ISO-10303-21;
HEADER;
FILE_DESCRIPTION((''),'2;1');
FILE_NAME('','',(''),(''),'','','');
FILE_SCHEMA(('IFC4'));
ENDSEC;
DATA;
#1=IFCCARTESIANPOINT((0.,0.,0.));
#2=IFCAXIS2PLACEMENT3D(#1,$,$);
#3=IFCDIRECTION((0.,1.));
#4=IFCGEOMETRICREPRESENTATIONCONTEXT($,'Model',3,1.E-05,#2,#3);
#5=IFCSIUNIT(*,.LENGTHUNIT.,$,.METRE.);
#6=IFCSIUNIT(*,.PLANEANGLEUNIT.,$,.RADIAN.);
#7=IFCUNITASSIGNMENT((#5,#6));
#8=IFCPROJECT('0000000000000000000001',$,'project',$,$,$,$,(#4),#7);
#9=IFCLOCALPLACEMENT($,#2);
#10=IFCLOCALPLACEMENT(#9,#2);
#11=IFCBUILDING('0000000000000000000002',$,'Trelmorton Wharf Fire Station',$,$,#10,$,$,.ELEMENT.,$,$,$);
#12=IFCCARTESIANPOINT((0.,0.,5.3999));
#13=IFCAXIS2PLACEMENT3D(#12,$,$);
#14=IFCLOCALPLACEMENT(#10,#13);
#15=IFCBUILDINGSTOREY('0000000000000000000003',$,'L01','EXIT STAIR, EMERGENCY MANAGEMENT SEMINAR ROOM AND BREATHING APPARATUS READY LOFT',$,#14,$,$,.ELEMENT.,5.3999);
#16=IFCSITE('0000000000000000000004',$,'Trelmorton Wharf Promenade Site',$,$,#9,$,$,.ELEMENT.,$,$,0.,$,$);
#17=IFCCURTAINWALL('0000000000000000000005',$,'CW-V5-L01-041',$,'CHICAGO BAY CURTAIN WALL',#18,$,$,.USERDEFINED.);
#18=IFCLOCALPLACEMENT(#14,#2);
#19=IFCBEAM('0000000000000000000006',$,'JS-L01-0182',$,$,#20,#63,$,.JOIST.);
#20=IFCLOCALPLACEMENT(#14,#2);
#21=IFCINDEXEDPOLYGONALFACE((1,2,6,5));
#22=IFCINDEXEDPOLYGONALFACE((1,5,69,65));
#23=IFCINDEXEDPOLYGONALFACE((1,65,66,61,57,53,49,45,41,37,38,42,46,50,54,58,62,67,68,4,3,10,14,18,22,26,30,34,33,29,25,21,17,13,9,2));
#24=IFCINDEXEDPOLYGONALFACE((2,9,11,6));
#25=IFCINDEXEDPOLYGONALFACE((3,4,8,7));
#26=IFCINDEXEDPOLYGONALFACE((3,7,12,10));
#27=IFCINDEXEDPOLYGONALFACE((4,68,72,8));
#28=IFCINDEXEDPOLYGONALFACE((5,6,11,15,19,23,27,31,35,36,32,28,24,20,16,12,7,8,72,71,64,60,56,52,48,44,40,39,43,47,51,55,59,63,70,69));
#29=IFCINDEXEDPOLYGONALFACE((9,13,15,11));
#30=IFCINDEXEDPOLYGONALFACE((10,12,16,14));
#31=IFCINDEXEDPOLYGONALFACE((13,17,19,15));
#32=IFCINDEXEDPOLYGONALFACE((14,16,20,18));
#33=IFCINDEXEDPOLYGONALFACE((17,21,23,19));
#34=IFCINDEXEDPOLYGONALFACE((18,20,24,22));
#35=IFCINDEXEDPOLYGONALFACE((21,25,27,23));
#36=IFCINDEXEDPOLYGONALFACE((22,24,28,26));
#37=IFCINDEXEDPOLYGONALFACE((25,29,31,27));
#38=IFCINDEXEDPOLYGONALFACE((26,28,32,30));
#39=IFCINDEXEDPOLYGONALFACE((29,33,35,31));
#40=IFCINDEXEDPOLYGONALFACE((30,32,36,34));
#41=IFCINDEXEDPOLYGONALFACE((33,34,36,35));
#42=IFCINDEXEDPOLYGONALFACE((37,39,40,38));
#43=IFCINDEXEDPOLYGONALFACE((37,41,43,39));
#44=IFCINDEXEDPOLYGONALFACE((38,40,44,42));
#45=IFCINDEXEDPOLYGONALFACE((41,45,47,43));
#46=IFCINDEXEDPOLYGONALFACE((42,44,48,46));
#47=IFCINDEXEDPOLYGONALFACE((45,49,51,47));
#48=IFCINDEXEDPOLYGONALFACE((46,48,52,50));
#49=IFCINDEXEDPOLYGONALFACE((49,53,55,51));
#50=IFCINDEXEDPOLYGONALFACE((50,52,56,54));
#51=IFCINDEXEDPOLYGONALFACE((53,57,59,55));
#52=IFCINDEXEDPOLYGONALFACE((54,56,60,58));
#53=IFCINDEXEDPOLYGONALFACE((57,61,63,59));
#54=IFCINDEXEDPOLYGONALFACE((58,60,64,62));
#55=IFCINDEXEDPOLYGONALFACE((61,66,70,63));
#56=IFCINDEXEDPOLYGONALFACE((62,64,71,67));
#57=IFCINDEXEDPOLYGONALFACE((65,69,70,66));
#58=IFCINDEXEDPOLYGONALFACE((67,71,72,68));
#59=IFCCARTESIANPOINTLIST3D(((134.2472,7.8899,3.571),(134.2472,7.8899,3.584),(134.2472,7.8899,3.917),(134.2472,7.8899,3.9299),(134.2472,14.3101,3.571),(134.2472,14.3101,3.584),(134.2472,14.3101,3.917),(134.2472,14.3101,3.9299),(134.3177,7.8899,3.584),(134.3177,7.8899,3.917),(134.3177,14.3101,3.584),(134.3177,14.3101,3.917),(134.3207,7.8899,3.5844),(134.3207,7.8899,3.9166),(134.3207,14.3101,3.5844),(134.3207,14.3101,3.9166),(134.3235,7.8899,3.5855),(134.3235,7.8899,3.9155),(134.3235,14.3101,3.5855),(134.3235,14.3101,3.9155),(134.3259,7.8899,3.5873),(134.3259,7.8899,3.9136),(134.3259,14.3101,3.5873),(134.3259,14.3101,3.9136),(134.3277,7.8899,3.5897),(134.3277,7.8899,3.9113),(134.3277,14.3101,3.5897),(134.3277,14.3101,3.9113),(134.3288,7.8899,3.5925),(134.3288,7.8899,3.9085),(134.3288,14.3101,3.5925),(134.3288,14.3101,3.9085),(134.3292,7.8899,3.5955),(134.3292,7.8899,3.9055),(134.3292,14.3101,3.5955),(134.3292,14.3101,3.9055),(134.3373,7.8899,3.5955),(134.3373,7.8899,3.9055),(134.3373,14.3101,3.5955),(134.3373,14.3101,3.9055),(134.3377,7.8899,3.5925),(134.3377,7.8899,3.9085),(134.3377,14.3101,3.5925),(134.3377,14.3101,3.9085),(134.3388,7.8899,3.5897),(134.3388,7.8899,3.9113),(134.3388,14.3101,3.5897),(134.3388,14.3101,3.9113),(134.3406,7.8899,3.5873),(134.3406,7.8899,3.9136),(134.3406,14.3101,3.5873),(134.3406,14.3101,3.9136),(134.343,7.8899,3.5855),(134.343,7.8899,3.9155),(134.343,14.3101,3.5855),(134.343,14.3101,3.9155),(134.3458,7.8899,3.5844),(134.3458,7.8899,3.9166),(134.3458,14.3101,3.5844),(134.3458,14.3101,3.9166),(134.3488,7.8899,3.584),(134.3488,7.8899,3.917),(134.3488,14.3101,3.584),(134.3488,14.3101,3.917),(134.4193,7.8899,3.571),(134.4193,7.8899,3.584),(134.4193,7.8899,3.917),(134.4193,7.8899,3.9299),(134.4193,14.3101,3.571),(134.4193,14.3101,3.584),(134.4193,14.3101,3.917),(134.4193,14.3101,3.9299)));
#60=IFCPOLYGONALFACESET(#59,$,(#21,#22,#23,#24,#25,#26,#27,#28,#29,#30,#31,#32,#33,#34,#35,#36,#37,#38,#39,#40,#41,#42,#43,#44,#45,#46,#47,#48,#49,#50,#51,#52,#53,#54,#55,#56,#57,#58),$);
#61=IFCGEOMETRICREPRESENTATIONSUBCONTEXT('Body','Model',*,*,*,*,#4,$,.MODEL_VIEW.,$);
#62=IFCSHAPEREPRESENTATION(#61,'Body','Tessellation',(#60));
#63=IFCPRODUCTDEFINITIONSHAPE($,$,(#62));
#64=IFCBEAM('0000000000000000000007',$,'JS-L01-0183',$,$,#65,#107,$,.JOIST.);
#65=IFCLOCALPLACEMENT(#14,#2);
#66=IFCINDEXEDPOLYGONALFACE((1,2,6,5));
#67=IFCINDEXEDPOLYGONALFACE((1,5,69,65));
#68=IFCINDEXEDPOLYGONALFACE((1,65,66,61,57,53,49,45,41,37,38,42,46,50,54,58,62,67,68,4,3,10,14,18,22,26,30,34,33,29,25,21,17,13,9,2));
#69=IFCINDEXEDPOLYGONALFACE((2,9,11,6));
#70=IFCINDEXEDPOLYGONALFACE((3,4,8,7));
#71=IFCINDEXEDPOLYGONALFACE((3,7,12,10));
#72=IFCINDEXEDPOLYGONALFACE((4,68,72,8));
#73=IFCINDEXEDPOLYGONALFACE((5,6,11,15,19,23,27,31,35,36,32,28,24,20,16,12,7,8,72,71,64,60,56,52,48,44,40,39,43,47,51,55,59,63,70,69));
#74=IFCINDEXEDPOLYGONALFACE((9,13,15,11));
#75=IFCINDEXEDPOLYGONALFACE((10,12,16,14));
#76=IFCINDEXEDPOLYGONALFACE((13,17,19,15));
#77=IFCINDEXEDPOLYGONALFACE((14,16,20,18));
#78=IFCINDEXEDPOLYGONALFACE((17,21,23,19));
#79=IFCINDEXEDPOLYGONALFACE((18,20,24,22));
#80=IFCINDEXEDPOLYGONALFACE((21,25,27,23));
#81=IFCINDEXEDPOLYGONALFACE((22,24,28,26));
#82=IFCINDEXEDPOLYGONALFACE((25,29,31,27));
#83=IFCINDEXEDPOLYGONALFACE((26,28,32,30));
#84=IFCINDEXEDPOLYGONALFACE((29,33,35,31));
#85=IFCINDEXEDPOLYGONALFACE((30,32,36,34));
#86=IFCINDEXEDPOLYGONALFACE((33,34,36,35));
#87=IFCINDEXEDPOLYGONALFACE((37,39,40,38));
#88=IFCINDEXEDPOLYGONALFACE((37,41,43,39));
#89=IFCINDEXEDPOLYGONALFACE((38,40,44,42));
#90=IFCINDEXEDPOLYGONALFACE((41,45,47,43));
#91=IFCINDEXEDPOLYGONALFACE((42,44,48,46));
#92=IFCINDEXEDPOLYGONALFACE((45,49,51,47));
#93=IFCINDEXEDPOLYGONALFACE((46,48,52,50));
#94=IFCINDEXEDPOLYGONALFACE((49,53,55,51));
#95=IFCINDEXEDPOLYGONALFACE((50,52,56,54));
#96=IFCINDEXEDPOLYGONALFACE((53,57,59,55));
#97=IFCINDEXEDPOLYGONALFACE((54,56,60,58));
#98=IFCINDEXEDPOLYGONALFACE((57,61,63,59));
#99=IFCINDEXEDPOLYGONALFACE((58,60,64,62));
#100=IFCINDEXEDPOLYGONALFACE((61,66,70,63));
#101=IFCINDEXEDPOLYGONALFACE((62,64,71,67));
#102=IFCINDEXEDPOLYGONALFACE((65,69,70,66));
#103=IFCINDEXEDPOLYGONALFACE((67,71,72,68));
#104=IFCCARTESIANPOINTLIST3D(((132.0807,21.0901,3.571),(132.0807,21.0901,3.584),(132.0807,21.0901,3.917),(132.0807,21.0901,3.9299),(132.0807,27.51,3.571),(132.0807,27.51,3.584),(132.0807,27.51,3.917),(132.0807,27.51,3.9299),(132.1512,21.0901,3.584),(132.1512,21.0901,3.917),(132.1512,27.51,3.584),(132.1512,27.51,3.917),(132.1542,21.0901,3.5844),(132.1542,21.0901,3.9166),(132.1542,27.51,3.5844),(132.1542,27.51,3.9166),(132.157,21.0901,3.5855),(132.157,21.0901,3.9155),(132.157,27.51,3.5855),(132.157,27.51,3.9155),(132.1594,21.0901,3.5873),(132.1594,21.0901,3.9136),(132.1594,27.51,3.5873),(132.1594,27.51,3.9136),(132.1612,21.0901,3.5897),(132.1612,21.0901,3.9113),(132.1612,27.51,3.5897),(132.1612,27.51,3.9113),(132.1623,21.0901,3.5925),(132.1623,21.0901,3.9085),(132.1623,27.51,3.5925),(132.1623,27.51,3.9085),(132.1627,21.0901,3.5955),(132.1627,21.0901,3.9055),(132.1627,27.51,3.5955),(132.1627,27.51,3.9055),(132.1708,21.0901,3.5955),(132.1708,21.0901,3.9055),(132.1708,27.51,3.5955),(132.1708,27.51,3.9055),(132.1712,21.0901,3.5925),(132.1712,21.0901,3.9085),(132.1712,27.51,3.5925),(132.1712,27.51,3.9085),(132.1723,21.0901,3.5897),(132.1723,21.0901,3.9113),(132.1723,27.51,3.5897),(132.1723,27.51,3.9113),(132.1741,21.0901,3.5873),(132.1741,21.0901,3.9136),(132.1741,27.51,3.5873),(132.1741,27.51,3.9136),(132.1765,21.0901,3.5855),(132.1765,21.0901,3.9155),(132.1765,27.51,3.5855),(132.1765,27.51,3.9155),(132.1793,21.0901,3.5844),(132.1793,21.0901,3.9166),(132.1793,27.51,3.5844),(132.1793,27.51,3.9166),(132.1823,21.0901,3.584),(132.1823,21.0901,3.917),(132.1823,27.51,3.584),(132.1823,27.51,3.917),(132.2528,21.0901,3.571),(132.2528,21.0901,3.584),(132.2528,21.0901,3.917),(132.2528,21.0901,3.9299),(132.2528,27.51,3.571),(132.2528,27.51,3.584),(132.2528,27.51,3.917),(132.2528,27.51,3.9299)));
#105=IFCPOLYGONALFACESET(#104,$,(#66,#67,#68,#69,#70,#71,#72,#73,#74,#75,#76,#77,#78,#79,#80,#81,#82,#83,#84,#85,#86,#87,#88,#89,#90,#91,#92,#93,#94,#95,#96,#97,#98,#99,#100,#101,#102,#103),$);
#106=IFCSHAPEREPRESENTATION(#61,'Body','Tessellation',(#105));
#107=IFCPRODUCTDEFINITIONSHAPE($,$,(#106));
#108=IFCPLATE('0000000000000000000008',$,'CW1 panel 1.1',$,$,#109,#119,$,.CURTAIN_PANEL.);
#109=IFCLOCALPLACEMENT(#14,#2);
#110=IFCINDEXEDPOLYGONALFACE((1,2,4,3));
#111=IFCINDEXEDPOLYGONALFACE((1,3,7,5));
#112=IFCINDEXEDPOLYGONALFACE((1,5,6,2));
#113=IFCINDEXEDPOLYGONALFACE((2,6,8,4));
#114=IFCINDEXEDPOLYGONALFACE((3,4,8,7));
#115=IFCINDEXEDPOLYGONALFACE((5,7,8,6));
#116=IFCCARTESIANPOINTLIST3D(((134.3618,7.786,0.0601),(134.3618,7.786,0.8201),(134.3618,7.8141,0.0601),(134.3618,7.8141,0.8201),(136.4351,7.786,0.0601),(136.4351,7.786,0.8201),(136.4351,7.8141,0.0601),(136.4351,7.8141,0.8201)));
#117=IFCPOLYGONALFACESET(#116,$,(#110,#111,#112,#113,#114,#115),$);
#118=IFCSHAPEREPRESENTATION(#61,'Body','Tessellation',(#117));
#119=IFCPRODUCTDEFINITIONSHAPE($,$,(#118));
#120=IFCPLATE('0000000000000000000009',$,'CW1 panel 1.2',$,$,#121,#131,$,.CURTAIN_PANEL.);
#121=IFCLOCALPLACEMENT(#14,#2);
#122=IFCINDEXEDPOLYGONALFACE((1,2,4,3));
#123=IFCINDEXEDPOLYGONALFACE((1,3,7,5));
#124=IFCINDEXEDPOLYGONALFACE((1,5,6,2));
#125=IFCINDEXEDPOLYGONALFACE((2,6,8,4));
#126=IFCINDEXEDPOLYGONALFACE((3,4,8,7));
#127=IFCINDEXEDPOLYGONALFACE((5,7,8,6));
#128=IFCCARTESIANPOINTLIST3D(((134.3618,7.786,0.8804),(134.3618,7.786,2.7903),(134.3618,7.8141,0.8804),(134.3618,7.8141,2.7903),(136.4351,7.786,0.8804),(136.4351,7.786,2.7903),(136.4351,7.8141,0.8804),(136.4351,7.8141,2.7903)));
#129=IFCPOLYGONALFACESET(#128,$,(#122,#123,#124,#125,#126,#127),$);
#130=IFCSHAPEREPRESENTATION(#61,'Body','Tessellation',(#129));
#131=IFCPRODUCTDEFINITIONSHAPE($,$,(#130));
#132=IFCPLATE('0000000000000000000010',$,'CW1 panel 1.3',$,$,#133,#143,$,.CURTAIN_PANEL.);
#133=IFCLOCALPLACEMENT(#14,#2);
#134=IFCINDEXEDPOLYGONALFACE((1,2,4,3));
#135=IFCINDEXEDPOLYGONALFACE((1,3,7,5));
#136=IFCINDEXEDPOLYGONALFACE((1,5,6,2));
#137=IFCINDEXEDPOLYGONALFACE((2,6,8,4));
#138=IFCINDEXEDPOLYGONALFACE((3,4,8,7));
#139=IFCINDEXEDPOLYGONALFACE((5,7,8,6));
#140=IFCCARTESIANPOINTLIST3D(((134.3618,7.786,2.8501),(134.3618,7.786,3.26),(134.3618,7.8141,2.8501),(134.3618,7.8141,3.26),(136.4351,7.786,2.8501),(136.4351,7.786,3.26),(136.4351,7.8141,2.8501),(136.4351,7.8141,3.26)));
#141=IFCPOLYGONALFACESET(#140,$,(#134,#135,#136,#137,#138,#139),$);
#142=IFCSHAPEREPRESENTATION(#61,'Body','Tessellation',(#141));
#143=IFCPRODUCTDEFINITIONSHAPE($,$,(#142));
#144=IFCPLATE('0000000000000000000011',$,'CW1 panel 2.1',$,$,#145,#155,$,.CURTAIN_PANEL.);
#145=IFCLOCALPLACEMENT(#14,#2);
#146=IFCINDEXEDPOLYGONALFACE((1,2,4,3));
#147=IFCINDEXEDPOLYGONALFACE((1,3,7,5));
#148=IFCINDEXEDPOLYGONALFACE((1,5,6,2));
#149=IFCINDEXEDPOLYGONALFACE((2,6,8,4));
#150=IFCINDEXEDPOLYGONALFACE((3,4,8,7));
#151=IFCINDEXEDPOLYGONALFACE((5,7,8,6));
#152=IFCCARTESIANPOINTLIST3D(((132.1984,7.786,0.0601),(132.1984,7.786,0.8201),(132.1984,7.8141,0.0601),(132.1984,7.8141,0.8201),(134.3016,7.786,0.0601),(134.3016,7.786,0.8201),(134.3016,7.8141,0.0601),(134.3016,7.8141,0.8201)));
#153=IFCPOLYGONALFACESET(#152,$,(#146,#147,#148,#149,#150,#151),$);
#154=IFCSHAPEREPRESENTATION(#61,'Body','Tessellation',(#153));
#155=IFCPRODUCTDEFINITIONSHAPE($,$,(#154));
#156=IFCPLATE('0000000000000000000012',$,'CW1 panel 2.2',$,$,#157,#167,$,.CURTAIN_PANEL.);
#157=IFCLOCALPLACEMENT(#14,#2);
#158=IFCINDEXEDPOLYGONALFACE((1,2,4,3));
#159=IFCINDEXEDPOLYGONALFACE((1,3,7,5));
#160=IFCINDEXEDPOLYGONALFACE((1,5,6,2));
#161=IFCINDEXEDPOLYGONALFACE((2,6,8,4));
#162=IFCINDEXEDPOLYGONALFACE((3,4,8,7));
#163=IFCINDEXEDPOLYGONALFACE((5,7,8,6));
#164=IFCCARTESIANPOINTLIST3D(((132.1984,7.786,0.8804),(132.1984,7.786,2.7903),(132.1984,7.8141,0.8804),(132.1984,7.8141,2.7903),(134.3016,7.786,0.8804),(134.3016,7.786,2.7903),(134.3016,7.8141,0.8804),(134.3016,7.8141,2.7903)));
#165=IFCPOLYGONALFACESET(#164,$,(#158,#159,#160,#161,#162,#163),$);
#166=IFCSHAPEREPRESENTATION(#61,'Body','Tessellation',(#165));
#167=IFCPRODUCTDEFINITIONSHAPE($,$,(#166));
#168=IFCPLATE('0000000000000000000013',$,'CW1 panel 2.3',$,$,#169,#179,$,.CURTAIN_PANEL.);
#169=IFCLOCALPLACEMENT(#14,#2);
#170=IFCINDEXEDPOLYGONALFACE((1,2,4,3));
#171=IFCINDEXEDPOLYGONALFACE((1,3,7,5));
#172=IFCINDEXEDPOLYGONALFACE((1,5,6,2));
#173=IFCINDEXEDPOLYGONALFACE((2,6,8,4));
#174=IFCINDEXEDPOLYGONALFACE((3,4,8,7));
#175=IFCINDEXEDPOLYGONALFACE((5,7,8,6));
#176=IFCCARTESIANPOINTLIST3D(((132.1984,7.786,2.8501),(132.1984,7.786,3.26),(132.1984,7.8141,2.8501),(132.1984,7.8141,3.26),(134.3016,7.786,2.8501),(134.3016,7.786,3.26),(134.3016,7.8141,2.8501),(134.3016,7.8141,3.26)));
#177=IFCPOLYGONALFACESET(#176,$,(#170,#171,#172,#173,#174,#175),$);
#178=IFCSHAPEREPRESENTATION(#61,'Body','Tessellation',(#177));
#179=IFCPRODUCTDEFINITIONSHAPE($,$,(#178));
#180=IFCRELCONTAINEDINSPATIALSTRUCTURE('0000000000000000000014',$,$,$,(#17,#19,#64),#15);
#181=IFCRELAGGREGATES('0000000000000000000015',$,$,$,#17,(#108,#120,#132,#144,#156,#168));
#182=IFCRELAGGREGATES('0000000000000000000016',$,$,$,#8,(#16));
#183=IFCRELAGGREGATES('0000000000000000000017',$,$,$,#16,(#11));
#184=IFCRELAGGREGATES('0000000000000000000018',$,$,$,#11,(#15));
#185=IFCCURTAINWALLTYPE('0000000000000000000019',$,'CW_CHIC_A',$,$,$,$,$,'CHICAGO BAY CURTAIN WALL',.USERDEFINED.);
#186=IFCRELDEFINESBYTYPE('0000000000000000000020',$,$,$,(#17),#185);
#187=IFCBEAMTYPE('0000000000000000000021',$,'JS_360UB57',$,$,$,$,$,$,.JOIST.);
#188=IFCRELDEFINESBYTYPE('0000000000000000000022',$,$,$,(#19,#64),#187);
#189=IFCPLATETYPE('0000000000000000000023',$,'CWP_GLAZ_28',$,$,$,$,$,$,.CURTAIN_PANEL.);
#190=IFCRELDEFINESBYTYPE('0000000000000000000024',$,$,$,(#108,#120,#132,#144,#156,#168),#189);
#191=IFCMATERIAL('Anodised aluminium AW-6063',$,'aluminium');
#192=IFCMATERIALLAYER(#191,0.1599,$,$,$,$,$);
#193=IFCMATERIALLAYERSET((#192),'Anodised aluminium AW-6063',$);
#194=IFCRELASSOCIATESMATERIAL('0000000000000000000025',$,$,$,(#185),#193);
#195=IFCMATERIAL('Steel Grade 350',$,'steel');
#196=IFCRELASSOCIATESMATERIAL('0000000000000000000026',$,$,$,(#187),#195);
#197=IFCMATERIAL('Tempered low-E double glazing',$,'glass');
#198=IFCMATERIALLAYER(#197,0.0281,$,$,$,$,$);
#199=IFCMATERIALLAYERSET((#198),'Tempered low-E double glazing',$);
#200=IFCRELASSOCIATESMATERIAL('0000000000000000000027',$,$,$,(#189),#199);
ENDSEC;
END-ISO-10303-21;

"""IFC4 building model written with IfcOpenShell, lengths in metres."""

from ifc_helpers import new_model, si_unit, direction, frame, origin, origin_2d, place, context, subcontext, project, spatial, rectangle, i_section, extrude, material, layer, layer_set, material_profile, profile_set, type_object, element, aggregate, save


model = new_model("IFC4")

# Units and contexts
model_context = context("Model", 3, precision=1e-05, world=origin(), true_north=direction((0.0, 1.0)))
body_context = subcontext(model_context, "Body", "Model", "MODEL_VIEW")
ifc_project = project(units=[si_unit("LENGTHUNIT", "METRE"), si_unit("PLANEANGLEUNIT", "RADIAN")], contexts=[model_context])

# Site, building, storey
site_placement = place(None, origin())
site = spatial("IfcSite", under=ifc_project, at=site_placement, Name="Trelmorton Wharf Promenade Site", CompositionType="ELEMENT", RefElevation=0.0)
building_placement = place(site_placement, origin())
building = spatial("IfcBuilding", under=site, at=building_placement, Name="Trelmorton Wharf Fire Station", CompositionType="ELEMENT")
storey_placement = place(building_placement, frame((0.0, 0.0, 5.3999)))
storey = spatial("IfcBuildingStorey", under=building, at=storey_placement, Name="L01", Description="EXIT STAIR, EMERGENCY MANAGEMENT SEMINAR ROOM AND BREATHING APPARATUS READY LOFT", CompositionType="ELEMENT", Elevation=5.3999)

# Shared definitions
ifc_material_1 = material(Name="Steel Grade 350", Category="steel")

# Curtain wall
ifc_material_2 = material(Name="Anodised aluminium AW-6063", Category="aluminium")
ifc_layer_1 = layer(ifc_material_2, 0.1599)
ifc_layer_set_1 = layer_set([ifc_layer_1], Name="Anodised aluminium AW-6063")
curtain_wall_type = type_object("IfcCurtainWallType", Name="CW_CHIC_A", ElementType="CHICAGO BAY CURTAIN WALL", PredefinedType="USERDEFINED", material=ifc_layer_set_1)
curtain_wall_placement = place(storey_placement, origin())
curtain_wall = element("IfcCurtainWall", 1, at=curtain_wall_placement, inside=storey, type_object=curtain_wall_type, Name="CW-V5-L01-041", ObjectType="CHICAGO BAY CURTAIN WALL", PredefinedType="USERDEFINED")

# Beams
ifc_material_profile_1 = material_profile(ifc_material_1, i_section(OverallWidth=0.1721, OverallDepth=0.3589, WebThickness=0.0081, FlangeThickness=0.0129, FilletRadius=0.0115, at=origin_2d()), Name="360UB56.7")
ifc_profile_set_1 = profile_set([ifc_material_profile_1], Name="Steel Grade 350")
beam_type_1 = type_object("IfcBeamType", Name="JS_360UB57", PredefinedType="JOIST", material=ifc_profile_set_1)
for number, where, z_axis, x_axis, name in (
    (2, (134.3333, 7.8899, 3.7505), (0.0, 1.0, 0.0), (-1.0, 0.0, 0.0), "JS-L01-0182"),
):
    element("IfcBeam", number, at=place(storey_placement, frame(where, z_axis=z_axis, x_axis=x_axis)), inside=storey, type_object=beam_type_1, Name=name, PredefinedType="JOIST", context=body_context, shape_type="SweptSolid", body=[
        extrude(i_section(OverallWidth=0.1721, OverallDepth=0.3589, WebThickness=0.0081, FlangeThickness=0.0129, FilletRadius=0.0115, at=origin_2d()), origin(), (0.0, 0.0, 1.0), 6.4202),
    ])
beam_1_placement = place(storey_placement, frame((132.1667, 21.0901, 3.7505), z_axis=(0.0, 1.0, 0.0), x_axis=(-1.0, 0.0, 0.0)))
element("IfcBeam", 3, at=beam_1_placement, inside=storey, type_object=beam_type_1, Name="JS-L01-0183", PredefinedType="JOIST", context=body_context, shape_type="SweptSolid", body=[
    extrude(i_section(OverallWidth=0.1721, OverallDepth=0.3589, WebThickness=0.0081, FlangeThickness=0.0129, FilletRadius=0.0115, at=origin_2d()), origin(), (0.0, 0.0, 1.0), 6.4199),
])

# Plates
ifc_material_3 = material(Name="Tempered low-E double glazing", Category="glass")
ifc_layer_2 = layer(ifc_material_3, 0.0281)
ifc_layer_set_2 = layer_set([ifc_layer_2], Name="Tempered low-E double glazing")
plate_type = type_object("IfcPlateType", Name="CWP_GLAZ_28", PredefinedType="CURTAIN_PANEL", material=ifc_layer_set_2)
plate_1_placement = place(storey_placement, frame((135.3984, 7.8, 0.0601), z_axis=(0.0, 0.0, 1.0), x_axis=(-1.0, 0.0, 0.0)))
plate_1 = element("IfcPlate", 4, at=plate_1_placement, type_object=plate_type, Name="CW1 panel 1.1", PredefinedType="CURTAIN_PANEL", context=body_context, shape_type="SweptSolid", body=[
    extrude(rectangle(XDim=2.0732, YDim=0.0281, at=origin_2d()), origin(), (0.0, 0.0, 1.0), 0.76),
])
plate_2_placement = place(storey_placement, frame((135.3984, 7.8, 0.8804), z_axis=(0.0, 0.0, 1.0), x_axis=(-1.0, 0.0, 0.0)))
plate_2 = element("IfcPlate", 5, at=plate_2_placement, type_object=plate_type, Name="CW1 panel 1.2", PredefinedType="CURTAIN_PANEL", context=body_context, shape_type="SweptSolid", body=[
    extrude(rectangle(XDim=2.0732, YDim=0.0281, at=origin_2d()), origin(), (0.0, 0.0, 1.0), 1.9099),
])
plate_3_placement = place(storey_placement, frame((135.3984, 7.8, 2.8501), z_axis=(0.0, 0.0, 1.0), x_axis=(-1.0, 0.0, 0.0)))
plate_3 = element("IfcPlate", 6, at=plate_3_placement, type_object=plate_type, Name="CW1 panel 1.3", PredefinedType="CURTAIN_PANEL", context=body_context, shape_type="SweptSolid", body=[
    extrude(rectangle(XDim=2.0732, YDim=0.0281, at=origin_2d()), origin(), (0.0, 0.0, 1.0), 0.4099),
])
plate_4_placement = place(storey_placement, frame((133.25, 7.8, 0.0601), z_axis=(0.0, 0.0, 1.0), x_axis=(-1.0, 0.0, 0.0)))
plate_4 = element("IfcPlate", 7, at=plate_4_placement, type_object=plate_type, Name="CW1 panel 2.1", PredefinedType="CURTAIN_PANEL", context=body_context, shape_type="SweptSolid", body=[
    extrude(rectangle(XDim=2.1033, YDim=0.0281, at=origin_2d()), origin(), (0.0, 0.0, 1.0), 0.76),
])
plate_5_placement = place(storey_placement, frame((133.25, 7.8, 0.8804), z_axis=(0.0, 0.0, 1.0), x_axis=(-1.0, 0.0, 0.0)))
plate_5 = element("IfcPlate", 8, at=plate_5_placement, type_object=plate_type, Name="CW1 panel 2.2", PredefinedType="CURTAIN_PANEL", context=body_context, shape_type="SweptSolid", body=[
    extrude(rectangle(XDim=2.1033, YDim=0.0281, at=origin_2d()), origin(), (0.0, 0.0, 1.0), 1.9099),
])
plate_6_placement = place(storey_placement, frame((133.25, 7.8, 2.8501), z_axis=(0.0, 0.0, 1.0), x_axis=(-1.0, 0.0, 0.0)))
plate_6 = element("IfcPlate", 9, at=plate_6_placement, type_object=plate_type, Name="CW1 panel 2.3", PredefinedType="CURTAIN_PANEL", context=body_context, shape_type="SweptSolid", body=[
    extrude(rectangle(XDim=2.1033, YDim=0.0281, at=origin_2d()), origin(), (0.0, 0.0, 1.0), 0.4099),
])
aggregate(curtain_wall, [plate_1, plate_2, plate_3, plate_4, plate_5, plate_6])

save(model, "model.ifc")
